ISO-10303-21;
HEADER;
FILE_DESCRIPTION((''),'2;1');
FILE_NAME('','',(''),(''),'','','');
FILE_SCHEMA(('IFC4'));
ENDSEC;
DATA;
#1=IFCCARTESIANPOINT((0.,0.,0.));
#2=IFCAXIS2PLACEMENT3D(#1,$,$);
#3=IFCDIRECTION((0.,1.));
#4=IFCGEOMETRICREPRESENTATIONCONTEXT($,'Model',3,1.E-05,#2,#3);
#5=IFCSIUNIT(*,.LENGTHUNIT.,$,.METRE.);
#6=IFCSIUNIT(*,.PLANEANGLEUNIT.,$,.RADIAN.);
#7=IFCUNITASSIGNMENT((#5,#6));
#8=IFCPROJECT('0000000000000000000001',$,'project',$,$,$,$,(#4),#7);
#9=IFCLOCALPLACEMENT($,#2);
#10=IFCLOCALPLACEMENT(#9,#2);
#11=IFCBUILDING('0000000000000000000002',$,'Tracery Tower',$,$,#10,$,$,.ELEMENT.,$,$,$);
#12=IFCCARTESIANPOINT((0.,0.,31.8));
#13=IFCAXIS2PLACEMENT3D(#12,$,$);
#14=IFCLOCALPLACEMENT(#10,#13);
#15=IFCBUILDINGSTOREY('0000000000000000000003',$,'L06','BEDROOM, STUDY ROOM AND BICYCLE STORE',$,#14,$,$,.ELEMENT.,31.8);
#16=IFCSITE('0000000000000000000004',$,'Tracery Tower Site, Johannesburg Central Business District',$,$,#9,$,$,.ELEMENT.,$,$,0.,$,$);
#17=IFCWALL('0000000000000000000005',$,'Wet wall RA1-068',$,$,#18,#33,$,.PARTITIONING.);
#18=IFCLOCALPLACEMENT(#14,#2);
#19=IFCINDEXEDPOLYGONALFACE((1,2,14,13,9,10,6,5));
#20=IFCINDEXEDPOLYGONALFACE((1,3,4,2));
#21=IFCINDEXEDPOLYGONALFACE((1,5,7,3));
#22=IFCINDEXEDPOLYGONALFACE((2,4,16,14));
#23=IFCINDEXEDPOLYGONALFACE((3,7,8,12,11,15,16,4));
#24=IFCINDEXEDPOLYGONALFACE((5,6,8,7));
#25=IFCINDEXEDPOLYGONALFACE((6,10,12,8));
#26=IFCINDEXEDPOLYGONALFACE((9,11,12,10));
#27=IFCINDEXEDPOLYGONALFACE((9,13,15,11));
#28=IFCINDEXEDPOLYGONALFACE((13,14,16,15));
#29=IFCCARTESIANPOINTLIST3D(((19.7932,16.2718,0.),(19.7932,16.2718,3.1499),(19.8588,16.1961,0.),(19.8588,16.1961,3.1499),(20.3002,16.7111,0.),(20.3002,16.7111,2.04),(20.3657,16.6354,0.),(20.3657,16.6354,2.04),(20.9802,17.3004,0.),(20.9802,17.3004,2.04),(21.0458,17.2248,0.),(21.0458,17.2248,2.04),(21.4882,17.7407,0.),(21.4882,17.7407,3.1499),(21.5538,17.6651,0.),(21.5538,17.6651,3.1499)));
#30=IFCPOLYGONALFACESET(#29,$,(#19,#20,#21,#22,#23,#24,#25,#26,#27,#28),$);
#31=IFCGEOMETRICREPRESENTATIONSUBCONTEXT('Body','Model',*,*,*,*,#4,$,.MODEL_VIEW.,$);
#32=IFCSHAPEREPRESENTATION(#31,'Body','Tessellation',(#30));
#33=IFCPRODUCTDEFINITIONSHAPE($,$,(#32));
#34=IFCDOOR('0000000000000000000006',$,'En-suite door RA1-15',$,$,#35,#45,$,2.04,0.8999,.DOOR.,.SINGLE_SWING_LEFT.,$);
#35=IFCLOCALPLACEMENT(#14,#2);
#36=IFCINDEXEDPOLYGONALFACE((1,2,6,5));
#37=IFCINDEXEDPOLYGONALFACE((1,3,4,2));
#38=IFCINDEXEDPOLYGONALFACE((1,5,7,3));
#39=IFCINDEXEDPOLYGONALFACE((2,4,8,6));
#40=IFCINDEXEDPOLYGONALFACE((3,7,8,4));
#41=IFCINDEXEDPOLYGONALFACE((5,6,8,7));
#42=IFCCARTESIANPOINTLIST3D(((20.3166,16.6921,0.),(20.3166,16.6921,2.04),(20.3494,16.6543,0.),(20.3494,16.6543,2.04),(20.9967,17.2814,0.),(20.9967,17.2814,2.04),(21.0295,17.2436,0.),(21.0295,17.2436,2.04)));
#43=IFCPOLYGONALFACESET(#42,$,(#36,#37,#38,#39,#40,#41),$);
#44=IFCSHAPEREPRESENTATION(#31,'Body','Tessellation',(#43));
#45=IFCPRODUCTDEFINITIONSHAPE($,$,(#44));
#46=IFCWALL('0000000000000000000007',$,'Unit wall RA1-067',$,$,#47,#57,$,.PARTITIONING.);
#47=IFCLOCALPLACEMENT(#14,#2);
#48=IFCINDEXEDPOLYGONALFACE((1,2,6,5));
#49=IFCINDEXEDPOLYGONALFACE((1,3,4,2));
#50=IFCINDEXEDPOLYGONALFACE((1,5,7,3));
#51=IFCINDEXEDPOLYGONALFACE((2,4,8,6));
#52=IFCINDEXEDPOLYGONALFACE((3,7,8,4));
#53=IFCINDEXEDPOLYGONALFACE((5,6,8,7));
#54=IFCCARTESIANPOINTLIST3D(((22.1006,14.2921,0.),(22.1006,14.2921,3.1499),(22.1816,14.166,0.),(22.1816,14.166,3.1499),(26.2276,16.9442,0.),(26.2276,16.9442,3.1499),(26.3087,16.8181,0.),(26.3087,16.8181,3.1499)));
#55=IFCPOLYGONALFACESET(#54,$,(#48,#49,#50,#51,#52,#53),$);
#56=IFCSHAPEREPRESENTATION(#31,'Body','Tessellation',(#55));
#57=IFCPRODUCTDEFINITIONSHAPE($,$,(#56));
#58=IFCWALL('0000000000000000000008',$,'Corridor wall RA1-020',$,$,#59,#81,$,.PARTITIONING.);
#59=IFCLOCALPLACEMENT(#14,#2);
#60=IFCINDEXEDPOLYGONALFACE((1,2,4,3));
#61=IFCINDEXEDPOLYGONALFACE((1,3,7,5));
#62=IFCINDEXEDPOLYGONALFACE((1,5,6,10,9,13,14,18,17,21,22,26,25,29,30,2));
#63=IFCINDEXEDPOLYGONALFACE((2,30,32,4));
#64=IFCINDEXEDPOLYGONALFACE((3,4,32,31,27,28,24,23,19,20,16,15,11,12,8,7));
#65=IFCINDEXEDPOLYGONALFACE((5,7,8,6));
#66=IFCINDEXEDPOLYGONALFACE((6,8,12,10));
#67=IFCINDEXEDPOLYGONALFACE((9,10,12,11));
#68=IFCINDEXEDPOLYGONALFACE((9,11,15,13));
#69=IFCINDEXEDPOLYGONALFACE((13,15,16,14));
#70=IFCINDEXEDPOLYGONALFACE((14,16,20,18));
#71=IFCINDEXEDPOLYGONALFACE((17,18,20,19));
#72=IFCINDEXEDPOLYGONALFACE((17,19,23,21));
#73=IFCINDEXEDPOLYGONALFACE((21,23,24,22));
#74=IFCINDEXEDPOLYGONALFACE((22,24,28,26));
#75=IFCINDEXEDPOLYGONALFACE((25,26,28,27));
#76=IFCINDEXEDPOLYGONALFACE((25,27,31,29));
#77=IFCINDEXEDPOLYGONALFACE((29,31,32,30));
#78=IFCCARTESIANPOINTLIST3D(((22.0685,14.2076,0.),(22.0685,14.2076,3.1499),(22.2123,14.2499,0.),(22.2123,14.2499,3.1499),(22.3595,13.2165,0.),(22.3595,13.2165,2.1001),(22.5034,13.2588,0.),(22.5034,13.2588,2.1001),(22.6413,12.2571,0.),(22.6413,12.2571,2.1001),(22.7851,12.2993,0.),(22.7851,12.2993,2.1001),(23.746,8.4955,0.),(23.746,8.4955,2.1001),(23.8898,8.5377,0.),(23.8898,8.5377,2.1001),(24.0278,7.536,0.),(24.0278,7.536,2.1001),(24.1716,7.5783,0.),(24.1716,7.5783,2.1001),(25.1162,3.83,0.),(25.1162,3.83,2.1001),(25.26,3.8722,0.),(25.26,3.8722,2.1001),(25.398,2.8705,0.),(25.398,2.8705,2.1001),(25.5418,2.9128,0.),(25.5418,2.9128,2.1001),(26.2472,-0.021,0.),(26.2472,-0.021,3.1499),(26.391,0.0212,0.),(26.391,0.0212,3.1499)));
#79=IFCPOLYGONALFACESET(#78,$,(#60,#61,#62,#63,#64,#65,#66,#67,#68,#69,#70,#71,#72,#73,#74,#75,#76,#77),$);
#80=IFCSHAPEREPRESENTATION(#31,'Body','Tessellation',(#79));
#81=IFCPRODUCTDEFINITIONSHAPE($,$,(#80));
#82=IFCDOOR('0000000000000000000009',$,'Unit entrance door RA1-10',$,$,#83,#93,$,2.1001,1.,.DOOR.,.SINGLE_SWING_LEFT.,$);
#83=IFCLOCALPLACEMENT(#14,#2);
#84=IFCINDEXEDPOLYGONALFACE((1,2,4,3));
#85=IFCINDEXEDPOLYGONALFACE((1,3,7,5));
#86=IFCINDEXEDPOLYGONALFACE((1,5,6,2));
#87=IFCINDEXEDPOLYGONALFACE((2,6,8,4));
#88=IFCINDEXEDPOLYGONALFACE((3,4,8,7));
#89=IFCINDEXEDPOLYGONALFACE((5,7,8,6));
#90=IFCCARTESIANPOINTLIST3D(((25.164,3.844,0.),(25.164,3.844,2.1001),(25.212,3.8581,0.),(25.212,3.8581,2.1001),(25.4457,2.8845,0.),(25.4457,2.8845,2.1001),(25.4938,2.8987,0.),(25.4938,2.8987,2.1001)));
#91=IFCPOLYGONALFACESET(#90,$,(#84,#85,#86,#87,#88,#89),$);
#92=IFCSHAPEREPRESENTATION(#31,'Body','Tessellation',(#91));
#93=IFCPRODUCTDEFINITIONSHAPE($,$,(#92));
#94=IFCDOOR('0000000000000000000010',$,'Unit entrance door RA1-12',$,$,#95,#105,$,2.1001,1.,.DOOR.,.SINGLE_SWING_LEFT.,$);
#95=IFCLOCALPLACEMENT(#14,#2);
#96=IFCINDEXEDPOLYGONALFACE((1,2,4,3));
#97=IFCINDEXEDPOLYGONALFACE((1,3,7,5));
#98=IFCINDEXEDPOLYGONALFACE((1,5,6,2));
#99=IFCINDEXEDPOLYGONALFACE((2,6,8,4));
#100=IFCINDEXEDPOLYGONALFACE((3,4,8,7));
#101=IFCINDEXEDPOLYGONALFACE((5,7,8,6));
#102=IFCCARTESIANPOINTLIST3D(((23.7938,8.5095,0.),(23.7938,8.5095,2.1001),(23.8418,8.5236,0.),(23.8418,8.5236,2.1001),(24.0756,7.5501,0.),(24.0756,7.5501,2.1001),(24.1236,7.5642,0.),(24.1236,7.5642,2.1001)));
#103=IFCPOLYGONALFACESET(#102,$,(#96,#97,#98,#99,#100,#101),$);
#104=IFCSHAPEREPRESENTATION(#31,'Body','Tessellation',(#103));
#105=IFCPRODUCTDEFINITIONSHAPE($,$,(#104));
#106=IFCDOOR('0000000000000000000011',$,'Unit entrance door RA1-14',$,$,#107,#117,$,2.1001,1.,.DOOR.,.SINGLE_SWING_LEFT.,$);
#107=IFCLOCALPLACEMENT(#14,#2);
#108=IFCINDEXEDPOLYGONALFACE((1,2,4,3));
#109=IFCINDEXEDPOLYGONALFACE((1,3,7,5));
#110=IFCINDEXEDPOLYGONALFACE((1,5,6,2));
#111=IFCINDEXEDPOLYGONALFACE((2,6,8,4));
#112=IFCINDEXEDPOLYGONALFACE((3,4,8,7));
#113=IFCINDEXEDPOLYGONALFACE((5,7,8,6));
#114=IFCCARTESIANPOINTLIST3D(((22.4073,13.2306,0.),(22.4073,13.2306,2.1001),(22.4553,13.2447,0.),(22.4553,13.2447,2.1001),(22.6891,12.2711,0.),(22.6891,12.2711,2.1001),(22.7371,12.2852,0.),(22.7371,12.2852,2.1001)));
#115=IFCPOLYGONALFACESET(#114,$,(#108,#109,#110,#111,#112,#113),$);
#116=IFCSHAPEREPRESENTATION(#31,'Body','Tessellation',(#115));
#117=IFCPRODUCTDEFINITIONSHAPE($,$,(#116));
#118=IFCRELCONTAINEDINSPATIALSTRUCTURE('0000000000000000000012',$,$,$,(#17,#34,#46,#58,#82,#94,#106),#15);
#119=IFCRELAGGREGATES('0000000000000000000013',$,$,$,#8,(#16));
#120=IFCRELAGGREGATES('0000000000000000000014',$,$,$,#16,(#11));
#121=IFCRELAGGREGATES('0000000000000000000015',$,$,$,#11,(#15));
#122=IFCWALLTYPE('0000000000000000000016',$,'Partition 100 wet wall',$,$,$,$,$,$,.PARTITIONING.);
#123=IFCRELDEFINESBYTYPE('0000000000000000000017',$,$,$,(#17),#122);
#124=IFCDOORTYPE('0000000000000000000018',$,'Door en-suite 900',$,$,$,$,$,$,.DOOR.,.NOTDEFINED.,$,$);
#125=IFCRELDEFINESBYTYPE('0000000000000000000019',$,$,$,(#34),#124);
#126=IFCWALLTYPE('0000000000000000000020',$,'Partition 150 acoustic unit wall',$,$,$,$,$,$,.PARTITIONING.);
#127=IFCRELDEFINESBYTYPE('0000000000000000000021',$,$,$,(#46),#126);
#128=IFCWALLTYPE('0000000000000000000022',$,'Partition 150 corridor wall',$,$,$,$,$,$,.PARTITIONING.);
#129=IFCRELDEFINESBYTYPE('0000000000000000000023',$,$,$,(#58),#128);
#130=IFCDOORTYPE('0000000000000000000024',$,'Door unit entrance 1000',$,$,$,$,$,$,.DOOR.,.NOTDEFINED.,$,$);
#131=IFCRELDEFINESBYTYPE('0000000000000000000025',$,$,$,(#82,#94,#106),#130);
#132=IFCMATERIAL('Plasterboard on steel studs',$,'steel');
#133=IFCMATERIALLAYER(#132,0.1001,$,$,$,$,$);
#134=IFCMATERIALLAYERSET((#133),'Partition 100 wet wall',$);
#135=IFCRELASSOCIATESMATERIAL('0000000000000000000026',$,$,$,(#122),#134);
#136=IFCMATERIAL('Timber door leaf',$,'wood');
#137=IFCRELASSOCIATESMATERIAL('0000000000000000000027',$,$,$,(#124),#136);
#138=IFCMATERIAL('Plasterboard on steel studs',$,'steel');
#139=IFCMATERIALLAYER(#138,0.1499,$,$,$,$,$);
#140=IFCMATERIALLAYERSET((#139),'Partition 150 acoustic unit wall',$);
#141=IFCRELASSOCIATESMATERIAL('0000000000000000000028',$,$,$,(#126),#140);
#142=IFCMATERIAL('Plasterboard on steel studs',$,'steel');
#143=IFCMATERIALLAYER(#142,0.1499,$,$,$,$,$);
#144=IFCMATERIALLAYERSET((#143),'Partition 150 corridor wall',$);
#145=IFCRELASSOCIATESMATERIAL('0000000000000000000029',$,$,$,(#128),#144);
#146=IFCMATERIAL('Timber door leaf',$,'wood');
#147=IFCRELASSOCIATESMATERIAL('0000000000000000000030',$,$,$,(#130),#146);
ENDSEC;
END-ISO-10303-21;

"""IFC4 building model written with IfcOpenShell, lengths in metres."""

from ifc_helpers import new_model, si_unit, direction, frame, frame_2d, origin, place, context, subcontext, project, spatial, rectangle, extrude, material, layer, layer_set, type_object, element, fill, save


model = new_model("IFC4")

# Units and contexts
model_context = context("Model", 3, precision=1e-05, world=origin(), true_north=direction((0.0, 1.0)))
body_context = subcontext(model_context, "Body", "Model", "MODEL_VIEW")
ifc_project = project(units=[si_unit("LENGTHUNIT", "METRE"), si_unit("PLANEANGLEUNIT", "RADIAN")], contexts=[model_context])

# Site, building, storey
site_placement = place(None, origin())
site = spatial("IfcSite", under=ifc_project, at=site_placement, Name="Tracery Tower Site, Johannesburg Central Business District", CompositionType="ELEMENT", RefElevation=0.0)
building_placement = place(site_placement, origin())
building = spatial("IfcBuilding", under=site, at=building_placement, Name="Tracery Tower", CompositionType="ELEMENT")
storey_placement = place(building_placement, frame((0.0, 0.0, 31.8)))
storey = spatial("IfcBuildingStorey", under=building, at=storey_placement, Name="L06", Description="BEDROOM, STUDY ROOM AND BICYCLE STORE", CompositionType="ELEMENT", Elevation=31.8)

# Shared definitions
ifc_material_1 = material(Name="Plasterboard on steel studs", Category="steel")
ifc_layer_1 = layer(ifc_material_1, 0.1001)
ifc_layer_set_1 = layer_set([ifc_layer_1], Name="Partition 100 wet wall")
wall_type_1 = type_object("IfcWallType", Name="Partition 100 wet wall", PredefinedType="PARTITIONING", material=ifc_layer_set_1)

# Wall, opening, door
ifc_material_2 = material(Name="Timber door leaf", Category="wood")
door_type_1 = type_object("IfcDoorType", Name="Door en-suite 900", OperationType="NOTDEFINED", PredefinedType="DOOR", material=ifc_material_2)
wall_1_placement = place(storey_placement, frame((19.8259, 16.2339, 0.0), z_axis=(0.0, 0.0, 1.0), x_axis=(0.755703, 0.654914, 0.0)))
wall_1 = element("IfcWall", 1, at=wall_1_placement, inside=storey, type_object=wall_type_1, Name="Wet wall RA1-068", PredefinedType="PARTITIONING", context=body_context, shape_type="SweptSolid", body=[
    extrude(rectangle(XDim=2.2429, YDim=0.1001, at=frame_2d((1.1216, 0.0))), origin(), (0.0, 0.0, 1.0), 3.1499),
])
opening_1_placement = place(wall_1_placement, frame((0.6709, 0.0, 0.0)))
opening_1 = element("IfcOpeningElement", 2, at=opening_1_placement, cuts=wall_1, PredefinedType="OPENING", context=body_context, shape_type="SweptSolid", body=[
    extrude(rectangle(XDim=0.8999, YDim=2.04, at=frame_2d((0.45, 1.02))), frame((0.0, 0.05, 0.0), z_axis=(0.0, -1.0, 0.0), x_axis=(1.0, 0.0, 0.0)), (0.0, 0.0, 1.0), 0.1001),
])
door_1_placement = place(opening_1_placement, origin())
door_1 = element("IfcDoor", 3, at=door_1_placement, inside=storey, type_object=door_type_1, Name="En-suite door RA1-15", OperationType="SINGLE_SWING_LEFT", OverallHeight=2.04, OverallWidth=0.8999, PredefinedType="DOOR", context=body_context, shape_type="SweptSolid", body=[
    extrude(rectangle(XDim=0.8999, YDim=2.04, at=frame_2d((0.45, 1.02))), frame((0.0, 0.0249, 0.0), z_axis=(0.0, -1.0, 0.0), x_axis=(1.0, 0.0, 0.0)), (0.0, 0.0, 1.0), 0.05),
])
fill(opening_1, door_1)

# Wall
ifc_material_3 = material(Name="Plasterboard on steel studs", Category="steel")
ifc_layer_2 = layer(ifc_material_3, 0.1499)
ifc_layer_set_2 = layer_set([ifc_layer_2], Name="Partition 150 acoustic unit wall")
wall_type_2 = type_object("IfcWallType", Name="Partition 150 acoustic unit wall", PredefinedType="PARTITIONING", material=ifc_layer_set_2)
wall_2_placement = place(storey_placement, frame((22.1411, 14.229, 0.0), z_axis=(0.0, 0.0, 1.0), x_axis=(0.841266, 0.540622, 0.0)))
element("IfcWall", 4, at=wall_2_placement, inside=storey, type_object=wall_type_2, Name="Unit wall RA1-067", PredefinedType="PARTITIONING", context=body_context, shape_type="SweptSolid", body=[
    extrude(rectangle(XDim=4.9058, YDim=0.1499, at=frame_2d((2.4529, 0.0))), origin(), (0.0, 0.0, 1.0), 3.1499),
])

# Wall, openings, doors
ifc_material_4 = material(Name="Plasterboard on steel studs", Category="steel")
ifc_layer_3 = layer(ifc_material_4, 0.1499)
ifc_layer_set_3 = layer_set([ifc_layer_3], Name="Partition 150 corridor wall")
wall_type_3 = type_object("IfcWallType", Name="Partition 150 corridor wall", PredefinedType="PARTITIONING", material=ifc_layer_set_3)
wall_3_placement = place(storey_placement, frame((22.1404, 14.2288, 0.0), z_axis=(0.0, 0.0, 1.0), x_axis=(0.28178, -0.959479, 0.0)))
wall_3 = element("IfcWall", 5, at=wall_3_placement, inside=storey, type_object=wall_type_3, Name="Corridor wall RA1-020", PredefinedType="PARTITIONING", context=body_context, shape_type="SweptSolid", body=[
    extrude(rectangle(XDim=14.8296, YDim=0.1499, at=frame_2d((7.4148, 0.0))), origin(), (0.0, 0.0, 1.0), 3.1499),
])
opening_2_placement = place(wall_3_placement, frame((10.8159, 0.0, 0.0)))
opening_2 = element("IfcOpeningElement", 6, at=opening_2_placement, cuts=wall_3, PredefinedType="OPENING", context=body_context, shape_type="SweptSolid", body=[
    extrude(rectangle(XDim=1.0, YDim=2.1001, at=frame_2d((0.5, 1.05))), frame((0.0, 0.075, 0.0), z_axis=(0.0, -1.0, 0.0), x_axis=(1.0, 0.0, 0.0)), (0.0, 0.0, 1.0), 0.1499),
])
opening_3_placement = place(wall_3_placement, frame((5.9534, 0.0, 0.0)))
opening_3 = element("IfcOpeningElement", 7, at=opening_3_placement, cuts=wall_3, PredefinedType="OPENING", context=body_context, shape_type="SweptSolid", body=[
    extrude(rectangle(XDim=1.0, YDim=2.1001, at=frame_2d((0.5, 1.05))), frame((0.0, 0.075, 0.0), z_axis=(0.0, -1.0, 0.0), x_axis=(1.0, 0.0, 0.0)), (0.0, 0.0, 1.0), 0.1499),
])
opening_4_placement = place(wall_3_placement, frame((1.033, 0.0, 0.0)))
opening_4 = element("IfcOpeningElement", 8, at=opening_4_placement, cuts=wall_3, PredefinedType="OPENING", context=body_context, shape_type="SweptSolid", body=[
    extrude(rectangle(XDim=1.0, YDim=2.1001, at=frame_2d((0.5, 1.05))), frame((0.0, 0.075, 0.0), z_axis=(0.0, -1.0, 0.0), x_axis=(1.0, 0.0, 0.0)), (0.0, 0.0, 1.0), 0.1499),
])
ifc_material_5 = material(Name="Timber door leaf", Category="wood")
door_type_2 = type_object("IfcDoorType", Name="Door unit entrance 1000", OperationType="NOTDEFINED", PredefinedType="DOOR", material=ifc_material_5)
door_2_placement = place(opening_2_placement, origin())
door_2 = element("IfcDoor", 9, at=door_2_placement, inside=storey, type_object=door_type_2, Name="Unit entrance door RA1-10", OperationType="SINGLE_SWING_LEFT", OverallHeight=2.1001, OverallWidth=1.0, PredefinedType="DOOR", context=body_context, shape_type="SweptSolid", body=[
    extrude(rectangle(XDim=1.0, YDim=2.1001, at=frame_2d((0.5, 1.05))), frame((0.0, 0.0249, 0.0), z_axis=(0.0, -1.0, 0.0), x_axis=(1.0, 0.0, 0.0)), (0.0, 0.0, 1.0), 0.05),
])
fill(opening_2, door_2)
door_3_placement = place(opening_3_placement, origin())
door_3 = element("IfcDoor", 10, at=door_3_placement, inside=storey, type_object=door_type_2, Name="Unit entrance door RA1-12", OperationType="SINGLE_SWING_LEFT", OverallHeight=2.1001, OverallWidth=1.0, PredefinedType="DOOR", context=body_context, shape_type="SweptSolid", body=[
    extrude(rectangle(XDim=1.0, YDim=2.1001, at=frame_2d((0.5, 1.05))), frame((0.0, 0.0249, 0.0), z_axis=(0.0, -1.0, 0.0), x_axis=(1.0, 0.0, 0.0)), (0.0, 0.0, 1.0), 0.05),
])
fill(opening_3, door_3)
door_4_placement = place(opening_4_placement, origin())
door_4 = element("IfcDoor", 11, at=door_4_placement, inside=storey, type_object=door_type_2, Name="Unit entrance door RA1-14", OperationType="SINGLE_SWING_LEFT", OverallHeight=2.1001, OverallWidth=1.0, PredefinedType="DOOR", context=body_context, shape_type="SweptSolid", body=[
    extrude(rectangle(XDim=1.0, YDim=2.1001, at=frame_2d((0.5, 1.05))), frame((0.0, 0.0249, 0.0), z_axis=(0.0, -1.0, 0.0), x_axis=(1.0, 0.0, 0.0)), (0.0, 0.0, 1.0), 0.05),
])
fill(opening_4, door_4)

save(model, "model.ifc")
